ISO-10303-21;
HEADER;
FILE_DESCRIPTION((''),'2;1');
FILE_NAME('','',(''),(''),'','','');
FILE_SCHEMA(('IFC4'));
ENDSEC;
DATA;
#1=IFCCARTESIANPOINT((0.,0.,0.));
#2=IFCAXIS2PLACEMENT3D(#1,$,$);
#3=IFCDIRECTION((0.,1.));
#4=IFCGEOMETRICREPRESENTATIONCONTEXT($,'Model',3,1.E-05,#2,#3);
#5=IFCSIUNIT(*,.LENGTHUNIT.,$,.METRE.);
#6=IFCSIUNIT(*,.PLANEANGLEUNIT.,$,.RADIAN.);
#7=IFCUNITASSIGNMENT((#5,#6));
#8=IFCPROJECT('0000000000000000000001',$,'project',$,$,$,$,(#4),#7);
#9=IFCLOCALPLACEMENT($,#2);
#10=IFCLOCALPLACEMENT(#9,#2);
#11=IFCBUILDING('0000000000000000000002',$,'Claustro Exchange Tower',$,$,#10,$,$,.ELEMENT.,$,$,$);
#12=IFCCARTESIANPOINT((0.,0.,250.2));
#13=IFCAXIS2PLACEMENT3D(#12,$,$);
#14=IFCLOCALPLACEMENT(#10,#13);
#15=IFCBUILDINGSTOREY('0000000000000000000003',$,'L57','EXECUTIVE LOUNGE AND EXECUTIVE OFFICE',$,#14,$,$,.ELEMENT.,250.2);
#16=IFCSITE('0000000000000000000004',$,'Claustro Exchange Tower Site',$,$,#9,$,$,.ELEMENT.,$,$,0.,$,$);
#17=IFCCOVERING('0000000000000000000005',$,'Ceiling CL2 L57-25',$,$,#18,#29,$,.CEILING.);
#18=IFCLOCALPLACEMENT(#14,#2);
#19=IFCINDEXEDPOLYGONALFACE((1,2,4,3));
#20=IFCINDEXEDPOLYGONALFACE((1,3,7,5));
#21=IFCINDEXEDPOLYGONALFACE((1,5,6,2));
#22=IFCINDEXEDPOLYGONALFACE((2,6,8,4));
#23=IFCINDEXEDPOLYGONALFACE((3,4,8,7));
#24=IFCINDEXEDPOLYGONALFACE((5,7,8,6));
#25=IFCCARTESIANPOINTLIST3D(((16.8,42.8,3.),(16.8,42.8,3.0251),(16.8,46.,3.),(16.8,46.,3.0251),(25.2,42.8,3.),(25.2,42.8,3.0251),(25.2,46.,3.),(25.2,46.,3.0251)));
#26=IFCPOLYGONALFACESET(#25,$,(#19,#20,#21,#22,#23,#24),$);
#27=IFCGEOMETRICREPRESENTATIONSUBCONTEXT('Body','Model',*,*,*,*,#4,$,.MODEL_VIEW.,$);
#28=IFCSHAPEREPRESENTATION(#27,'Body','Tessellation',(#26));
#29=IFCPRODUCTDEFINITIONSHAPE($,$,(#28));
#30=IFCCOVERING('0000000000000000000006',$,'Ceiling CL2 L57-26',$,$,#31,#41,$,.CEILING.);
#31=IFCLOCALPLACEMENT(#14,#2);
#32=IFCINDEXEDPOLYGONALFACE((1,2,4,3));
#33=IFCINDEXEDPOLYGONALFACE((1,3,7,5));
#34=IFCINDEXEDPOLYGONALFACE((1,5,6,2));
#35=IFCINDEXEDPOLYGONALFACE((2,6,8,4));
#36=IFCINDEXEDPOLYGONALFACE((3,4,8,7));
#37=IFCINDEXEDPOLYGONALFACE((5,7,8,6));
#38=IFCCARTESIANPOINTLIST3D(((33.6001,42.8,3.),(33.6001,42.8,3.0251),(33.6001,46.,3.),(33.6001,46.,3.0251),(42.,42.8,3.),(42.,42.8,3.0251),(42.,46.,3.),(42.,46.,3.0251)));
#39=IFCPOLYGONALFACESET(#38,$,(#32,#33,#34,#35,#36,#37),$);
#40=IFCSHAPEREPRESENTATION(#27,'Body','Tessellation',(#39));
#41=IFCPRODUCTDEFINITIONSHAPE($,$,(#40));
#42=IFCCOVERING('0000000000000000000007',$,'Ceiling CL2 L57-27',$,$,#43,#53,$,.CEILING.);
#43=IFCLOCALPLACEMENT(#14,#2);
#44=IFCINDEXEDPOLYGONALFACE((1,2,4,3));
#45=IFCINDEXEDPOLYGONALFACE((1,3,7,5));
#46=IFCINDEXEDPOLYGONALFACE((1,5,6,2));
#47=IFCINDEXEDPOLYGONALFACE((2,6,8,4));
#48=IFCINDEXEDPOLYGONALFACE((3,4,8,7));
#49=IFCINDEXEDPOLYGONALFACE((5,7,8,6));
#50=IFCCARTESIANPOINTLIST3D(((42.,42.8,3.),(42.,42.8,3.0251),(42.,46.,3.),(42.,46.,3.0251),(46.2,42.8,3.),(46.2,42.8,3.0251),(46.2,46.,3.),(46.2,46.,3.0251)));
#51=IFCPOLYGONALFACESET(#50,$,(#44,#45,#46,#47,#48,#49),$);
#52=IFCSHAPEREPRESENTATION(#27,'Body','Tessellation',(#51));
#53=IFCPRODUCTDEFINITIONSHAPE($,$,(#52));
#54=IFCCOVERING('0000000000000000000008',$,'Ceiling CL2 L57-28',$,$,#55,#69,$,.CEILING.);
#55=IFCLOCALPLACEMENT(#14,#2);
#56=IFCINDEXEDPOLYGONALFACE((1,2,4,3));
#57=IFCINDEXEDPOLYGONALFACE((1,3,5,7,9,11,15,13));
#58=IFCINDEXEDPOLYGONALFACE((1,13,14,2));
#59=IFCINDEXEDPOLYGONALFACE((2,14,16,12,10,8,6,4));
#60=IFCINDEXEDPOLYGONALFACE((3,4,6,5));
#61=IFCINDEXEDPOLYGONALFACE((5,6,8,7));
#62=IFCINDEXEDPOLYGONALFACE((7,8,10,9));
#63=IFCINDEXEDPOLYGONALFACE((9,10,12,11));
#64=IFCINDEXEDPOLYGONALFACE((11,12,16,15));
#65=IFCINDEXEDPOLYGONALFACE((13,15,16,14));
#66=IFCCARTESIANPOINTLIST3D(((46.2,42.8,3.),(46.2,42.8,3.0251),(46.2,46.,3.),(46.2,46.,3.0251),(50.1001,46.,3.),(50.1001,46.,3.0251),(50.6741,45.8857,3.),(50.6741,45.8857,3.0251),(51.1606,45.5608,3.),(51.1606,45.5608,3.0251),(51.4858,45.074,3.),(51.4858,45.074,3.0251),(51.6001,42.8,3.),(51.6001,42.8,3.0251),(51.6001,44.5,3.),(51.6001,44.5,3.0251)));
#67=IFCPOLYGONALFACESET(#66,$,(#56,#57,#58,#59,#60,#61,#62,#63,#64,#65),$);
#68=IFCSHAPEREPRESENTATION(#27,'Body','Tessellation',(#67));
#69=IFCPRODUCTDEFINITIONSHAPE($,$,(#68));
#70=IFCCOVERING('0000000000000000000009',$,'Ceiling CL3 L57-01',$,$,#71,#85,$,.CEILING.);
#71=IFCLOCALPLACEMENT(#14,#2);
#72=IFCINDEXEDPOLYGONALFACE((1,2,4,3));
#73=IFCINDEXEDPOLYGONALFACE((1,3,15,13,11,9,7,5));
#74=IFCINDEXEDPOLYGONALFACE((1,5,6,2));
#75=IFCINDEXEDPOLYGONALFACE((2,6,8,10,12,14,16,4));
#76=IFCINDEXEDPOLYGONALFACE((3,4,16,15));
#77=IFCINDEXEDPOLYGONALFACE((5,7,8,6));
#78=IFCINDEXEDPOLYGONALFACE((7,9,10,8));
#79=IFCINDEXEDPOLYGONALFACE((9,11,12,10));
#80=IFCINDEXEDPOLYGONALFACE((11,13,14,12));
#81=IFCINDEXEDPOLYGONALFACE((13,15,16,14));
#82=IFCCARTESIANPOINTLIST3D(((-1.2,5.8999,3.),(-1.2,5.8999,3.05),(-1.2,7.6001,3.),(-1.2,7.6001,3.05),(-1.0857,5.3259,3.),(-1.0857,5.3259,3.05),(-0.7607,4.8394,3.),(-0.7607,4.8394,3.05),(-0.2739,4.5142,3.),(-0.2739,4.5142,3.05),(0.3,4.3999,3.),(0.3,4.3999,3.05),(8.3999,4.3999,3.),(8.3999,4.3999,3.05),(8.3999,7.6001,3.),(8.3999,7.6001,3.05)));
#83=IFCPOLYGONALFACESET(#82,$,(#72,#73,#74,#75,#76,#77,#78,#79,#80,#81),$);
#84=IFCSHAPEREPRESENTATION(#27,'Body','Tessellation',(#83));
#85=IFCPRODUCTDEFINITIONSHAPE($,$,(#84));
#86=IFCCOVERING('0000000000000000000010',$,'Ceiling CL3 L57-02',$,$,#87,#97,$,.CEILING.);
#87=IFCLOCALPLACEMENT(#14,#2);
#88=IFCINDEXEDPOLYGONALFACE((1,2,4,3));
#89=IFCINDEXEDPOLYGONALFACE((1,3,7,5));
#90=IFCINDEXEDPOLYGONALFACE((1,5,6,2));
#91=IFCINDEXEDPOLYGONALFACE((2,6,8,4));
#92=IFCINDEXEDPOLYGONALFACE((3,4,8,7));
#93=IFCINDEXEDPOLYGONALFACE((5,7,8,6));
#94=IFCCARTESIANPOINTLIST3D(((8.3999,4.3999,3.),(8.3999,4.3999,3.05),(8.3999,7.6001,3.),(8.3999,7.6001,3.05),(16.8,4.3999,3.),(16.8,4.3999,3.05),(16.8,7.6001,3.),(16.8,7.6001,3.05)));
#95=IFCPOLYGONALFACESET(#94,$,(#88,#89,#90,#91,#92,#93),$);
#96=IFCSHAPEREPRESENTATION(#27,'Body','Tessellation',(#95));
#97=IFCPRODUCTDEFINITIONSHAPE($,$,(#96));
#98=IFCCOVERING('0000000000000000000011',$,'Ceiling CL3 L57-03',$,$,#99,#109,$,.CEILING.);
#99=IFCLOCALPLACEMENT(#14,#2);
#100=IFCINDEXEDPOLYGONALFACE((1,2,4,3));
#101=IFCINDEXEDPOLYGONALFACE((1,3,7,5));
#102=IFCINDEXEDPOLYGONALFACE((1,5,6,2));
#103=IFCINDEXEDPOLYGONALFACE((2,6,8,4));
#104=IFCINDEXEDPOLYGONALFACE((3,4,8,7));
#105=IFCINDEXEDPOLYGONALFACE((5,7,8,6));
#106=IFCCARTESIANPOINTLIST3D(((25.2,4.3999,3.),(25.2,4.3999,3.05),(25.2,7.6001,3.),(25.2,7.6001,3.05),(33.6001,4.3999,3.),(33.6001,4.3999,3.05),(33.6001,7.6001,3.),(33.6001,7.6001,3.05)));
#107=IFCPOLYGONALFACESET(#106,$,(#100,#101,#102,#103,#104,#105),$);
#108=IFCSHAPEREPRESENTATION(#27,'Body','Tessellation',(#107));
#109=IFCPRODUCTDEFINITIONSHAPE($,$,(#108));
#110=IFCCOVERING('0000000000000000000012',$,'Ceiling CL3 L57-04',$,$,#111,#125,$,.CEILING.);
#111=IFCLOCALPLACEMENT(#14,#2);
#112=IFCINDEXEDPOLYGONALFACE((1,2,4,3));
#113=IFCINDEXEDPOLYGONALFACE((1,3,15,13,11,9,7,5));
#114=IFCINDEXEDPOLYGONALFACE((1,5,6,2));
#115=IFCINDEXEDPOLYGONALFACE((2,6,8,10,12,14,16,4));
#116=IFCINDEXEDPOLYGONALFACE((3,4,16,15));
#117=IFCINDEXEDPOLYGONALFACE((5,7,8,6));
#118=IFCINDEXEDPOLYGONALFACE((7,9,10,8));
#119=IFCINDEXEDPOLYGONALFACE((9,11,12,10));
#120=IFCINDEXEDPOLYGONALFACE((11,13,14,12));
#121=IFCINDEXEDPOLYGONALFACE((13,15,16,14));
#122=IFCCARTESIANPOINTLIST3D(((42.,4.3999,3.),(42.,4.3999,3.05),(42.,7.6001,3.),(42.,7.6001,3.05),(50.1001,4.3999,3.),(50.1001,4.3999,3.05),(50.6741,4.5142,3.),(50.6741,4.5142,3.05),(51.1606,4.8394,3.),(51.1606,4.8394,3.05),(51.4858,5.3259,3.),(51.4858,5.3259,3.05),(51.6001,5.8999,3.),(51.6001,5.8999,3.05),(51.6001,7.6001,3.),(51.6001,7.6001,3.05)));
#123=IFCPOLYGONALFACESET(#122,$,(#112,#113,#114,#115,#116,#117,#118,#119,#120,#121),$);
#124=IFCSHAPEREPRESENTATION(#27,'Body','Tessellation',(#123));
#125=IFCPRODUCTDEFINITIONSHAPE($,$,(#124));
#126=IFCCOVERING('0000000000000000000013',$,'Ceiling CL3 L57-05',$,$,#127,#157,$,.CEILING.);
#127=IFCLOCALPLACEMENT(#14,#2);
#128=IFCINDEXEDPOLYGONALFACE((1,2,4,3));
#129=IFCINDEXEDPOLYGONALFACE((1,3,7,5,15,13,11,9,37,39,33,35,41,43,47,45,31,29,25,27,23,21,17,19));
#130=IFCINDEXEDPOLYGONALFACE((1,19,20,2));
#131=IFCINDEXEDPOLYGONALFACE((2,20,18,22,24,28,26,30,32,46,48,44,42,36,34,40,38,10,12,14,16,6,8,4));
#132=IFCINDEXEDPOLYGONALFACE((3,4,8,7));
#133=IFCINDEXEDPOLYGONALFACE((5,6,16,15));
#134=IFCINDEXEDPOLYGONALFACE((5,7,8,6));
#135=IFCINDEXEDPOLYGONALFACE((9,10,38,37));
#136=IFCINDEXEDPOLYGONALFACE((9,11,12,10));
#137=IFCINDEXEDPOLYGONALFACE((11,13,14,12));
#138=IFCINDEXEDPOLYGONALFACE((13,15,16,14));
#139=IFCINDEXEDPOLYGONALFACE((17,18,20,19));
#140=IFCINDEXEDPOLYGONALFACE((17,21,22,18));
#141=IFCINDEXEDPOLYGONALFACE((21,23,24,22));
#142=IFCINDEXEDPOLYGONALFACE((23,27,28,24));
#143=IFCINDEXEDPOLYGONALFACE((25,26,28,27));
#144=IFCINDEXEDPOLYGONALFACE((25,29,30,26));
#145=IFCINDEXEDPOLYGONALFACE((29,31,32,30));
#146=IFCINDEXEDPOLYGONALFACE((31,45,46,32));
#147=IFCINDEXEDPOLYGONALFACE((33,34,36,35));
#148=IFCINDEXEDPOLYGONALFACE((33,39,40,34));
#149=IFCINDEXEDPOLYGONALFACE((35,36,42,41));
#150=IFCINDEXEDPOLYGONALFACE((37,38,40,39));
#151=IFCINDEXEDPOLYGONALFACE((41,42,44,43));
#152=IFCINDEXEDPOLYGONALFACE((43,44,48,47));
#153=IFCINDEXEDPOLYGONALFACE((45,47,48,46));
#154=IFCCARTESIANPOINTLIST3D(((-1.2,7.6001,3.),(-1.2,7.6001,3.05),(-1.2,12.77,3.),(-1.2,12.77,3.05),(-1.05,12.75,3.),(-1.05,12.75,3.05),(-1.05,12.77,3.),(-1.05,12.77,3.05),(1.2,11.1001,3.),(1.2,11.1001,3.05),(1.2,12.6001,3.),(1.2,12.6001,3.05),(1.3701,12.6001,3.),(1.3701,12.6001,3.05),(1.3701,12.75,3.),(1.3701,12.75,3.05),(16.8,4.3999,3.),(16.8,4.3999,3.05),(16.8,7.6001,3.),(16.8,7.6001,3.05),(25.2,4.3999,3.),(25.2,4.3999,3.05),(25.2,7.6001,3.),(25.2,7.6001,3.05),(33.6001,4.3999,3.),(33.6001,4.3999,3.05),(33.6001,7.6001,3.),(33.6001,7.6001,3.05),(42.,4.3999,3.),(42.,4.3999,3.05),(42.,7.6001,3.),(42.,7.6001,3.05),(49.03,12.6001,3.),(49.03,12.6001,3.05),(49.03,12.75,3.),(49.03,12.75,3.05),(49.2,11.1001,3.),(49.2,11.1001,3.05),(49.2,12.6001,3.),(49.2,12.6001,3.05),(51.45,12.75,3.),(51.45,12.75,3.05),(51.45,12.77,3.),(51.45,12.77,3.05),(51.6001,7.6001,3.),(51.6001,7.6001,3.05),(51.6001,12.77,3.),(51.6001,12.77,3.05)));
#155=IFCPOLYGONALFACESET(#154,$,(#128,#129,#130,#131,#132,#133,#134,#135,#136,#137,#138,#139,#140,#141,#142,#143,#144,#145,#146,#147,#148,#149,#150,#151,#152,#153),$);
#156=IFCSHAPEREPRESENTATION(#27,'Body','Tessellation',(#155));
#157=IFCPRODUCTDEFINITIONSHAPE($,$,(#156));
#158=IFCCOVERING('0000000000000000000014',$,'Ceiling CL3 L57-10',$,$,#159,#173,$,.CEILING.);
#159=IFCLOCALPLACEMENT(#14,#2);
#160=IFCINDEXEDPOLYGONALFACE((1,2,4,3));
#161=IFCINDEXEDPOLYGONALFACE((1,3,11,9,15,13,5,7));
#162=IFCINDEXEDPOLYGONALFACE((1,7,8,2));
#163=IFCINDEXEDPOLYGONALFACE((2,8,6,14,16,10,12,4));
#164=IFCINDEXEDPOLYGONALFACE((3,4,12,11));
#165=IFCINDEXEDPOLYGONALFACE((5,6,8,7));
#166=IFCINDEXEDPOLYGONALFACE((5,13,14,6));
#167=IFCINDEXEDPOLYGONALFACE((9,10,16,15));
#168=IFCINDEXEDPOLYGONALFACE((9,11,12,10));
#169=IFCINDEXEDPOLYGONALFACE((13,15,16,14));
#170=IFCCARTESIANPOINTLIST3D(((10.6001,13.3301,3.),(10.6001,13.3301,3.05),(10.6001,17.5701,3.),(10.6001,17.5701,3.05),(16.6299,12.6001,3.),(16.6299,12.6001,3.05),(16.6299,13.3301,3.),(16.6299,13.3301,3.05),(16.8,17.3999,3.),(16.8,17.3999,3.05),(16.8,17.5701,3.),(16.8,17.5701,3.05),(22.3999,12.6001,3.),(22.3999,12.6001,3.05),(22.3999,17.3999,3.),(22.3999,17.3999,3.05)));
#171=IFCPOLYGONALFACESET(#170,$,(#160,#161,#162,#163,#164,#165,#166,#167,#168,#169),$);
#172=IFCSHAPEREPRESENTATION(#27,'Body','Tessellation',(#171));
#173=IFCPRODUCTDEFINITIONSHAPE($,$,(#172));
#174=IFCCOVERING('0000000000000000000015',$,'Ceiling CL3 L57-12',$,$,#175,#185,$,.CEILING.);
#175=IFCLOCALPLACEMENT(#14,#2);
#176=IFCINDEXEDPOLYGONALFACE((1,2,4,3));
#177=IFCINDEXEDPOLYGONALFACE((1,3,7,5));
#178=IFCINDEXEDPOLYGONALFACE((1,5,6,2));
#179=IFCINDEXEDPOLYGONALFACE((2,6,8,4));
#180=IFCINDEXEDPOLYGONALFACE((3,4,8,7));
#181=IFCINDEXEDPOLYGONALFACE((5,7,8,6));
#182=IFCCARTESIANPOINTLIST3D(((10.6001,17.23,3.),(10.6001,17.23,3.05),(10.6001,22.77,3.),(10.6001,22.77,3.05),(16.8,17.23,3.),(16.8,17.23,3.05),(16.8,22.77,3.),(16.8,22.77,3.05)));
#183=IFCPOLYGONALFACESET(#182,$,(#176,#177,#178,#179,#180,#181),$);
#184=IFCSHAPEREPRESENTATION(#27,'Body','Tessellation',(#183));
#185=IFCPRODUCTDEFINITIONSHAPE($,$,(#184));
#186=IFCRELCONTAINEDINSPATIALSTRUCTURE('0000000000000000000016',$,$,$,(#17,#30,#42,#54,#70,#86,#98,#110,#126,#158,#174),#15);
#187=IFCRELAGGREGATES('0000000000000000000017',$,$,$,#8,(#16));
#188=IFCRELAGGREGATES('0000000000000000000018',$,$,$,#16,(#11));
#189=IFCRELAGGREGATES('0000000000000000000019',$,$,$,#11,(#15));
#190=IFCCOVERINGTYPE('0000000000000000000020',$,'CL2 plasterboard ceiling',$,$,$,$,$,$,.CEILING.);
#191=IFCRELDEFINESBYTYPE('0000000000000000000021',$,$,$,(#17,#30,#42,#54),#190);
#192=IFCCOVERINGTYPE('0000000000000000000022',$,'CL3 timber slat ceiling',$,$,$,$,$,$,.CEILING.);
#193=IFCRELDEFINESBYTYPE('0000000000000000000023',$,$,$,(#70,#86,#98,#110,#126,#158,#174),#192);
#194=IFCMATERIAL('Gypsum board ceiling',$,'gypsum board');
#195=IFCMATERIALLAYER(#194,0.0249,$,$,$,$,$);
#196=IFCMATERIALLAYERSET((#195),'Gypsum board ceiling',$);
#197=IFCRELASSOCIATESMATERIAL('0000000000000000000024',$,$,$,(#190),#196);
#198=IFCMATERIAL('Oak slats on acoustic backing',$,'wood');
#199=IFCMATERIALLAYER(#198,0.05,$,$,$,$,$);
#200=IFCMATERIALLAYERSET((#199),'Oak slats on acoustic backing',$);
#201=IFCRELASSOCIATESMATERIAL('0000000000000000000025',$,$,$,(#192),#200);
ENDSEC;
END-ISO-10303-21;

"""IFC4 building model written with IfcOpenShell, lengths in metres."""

from ifc_helpers import new_model, si_unit, direction, frame, origin, place, context, subcontext, project, spatial, polyline, outline, extrude, material, layer, layer_set, type_object, element, save


model = new_model("IFC4")

# Units and contexts
model_context = context("Model", 3, precision=1e-05, world=origin(), true_north=direction((0.0, 1.0)))
body_context = subcontext(model_context, "Body", "Model", "MODEL_VIEW")
ifc_project = project(units=[si_unit("LENGTHUNIT", "METRE"), si_unit("PLANEANGLEUNIT", "RADIAN")], contexts=[model_context])

# Site, building, storey
site_placement = place(None, origin())
site = spatial("IfcSite", under=ifc_project, at=site_placement, Name="Claustro Exchange Tower Site", CompositionType="ELEMENT", RefElevation=0.0)
building_placement = place(site_placement, origin())
building = spatial("IfcBuilding", under=site, at=building_placement, Name="Claustro Exchange Tower", CompositionType="ELEMENT")
storey_placement = place(building_placement, frame((0.0, 0.0, 250.2)))
storey = spatial("IfcBuildingStorey", under=building, at=storey_placement, Name="L57", Description="EXECUTIVE LOUNGE AND EXECUTIVE OFFICE", CompositionType="ELEMENT", Elevation=250.2)

# Coverings
ifc_material_1 = material(Name="Gypsum board ceiling", Category="gypsum board")
ifc_layer_1 = layer(ifc_material_1, 0.0249)
ifc_layer_set_1 = layer_set([ifc_layer_1], Name="Gypsum board ceiling")
covering_type_1 = type_object("IfcCoveringType", Name="CL2 plasterboard ceiling", PredefinedType="CEILING", material=ifc_layer_set_1)
covering_1_placement = place(storey_placement, frame((0.0, 0.0, 3.0)))
element("IfcCovering", 1, at=covering_1_placement, inside=storey, type_object=covering_type_1, Name="Ceiling CL2 L57-25", PredefinedType="CEILING", context=body_context, shape_type="SweptSolid", body=[
    extrude(outline(polyline([(25.2, 46.0), (16.8, 46.0), (16.8, 42.8), (25.2, 42.8), (25.2, 46.0)])), origin(), (0.0, 0.0, 1.0), 0.0251),
])
covering_2_placement = place(storey_placement, frame((0.0, 0.0, 3.0)))
element("IfcCovering", 2, at=covering_2_placement, inside=storey, type_object=covering_type_1, Name="Ceiling CL2 L57-26", PredefinedType="CEILING", context=body_context, shape_type="SweptSolid", body=[
    extrude(outline(polyline([(42.0, 46.0), (33.6001, 46.0), (33.6001, 42.8), (42.0, 42.8), (42.0, 46.0)])), origin(), (0.0, 0.0, 1.0), 0.0251),
])
covering_3_placement = place(storey_placement, frame((0.0, 0.0, 3.0)))
element("IfcCovering", 3, at=covering_3_placement, inside=storey, type_object=covering_type_1, Name="Ceiling CL2 L57-27", PredefinedType="CEILING", context=body_context, shape_type="SweptSolid", body=[
    extrude(outline(polyline([(46.2, 46.0), (42.0, 46.0), (42.0, 42.8), (46.2, 42.8), (46.2, 46.0)])), origin(), (0.0, 0.0, 1.0), 0.0251),
])
covering_4_placement = place(storey_placement, frame((0.0, 0.0, 3.0)))
element("IfcCovering", 4, at=covering_4_placement, inside=storey, type_object=covering_type_1, Name="Ceiling CL2 L57-28", PredefinedType="CEILING", context=body_context, shape_type="SweptSolid", body=[
    extrude(outline(polyline([(50.1001, 46.0), (46.2, 46.0), (46.2, 42.8), (51.6001, 42.8), (51.6001, 44.5), (51.4858, 45.074), (51.1606, 45.5608), (50.6741, 45.8857), (50.1001, 46.0)])), origin(), (0.0, 0.0, 1.0), 0.0251),
])
ifc_material_2 = material(Name="Oak slats on acoustic backing", Category="wood")
ifc_layer_2 = layer(ifc_material_2, 0.05)
ifc_layer_set_2 = layer_set([ifc_layer_2], Name="Oak slats on acoustic backing")
covering_type_2 = type_object("IfcCoveringType", Name="CL3 timber slat ceiling", PredefinedType="CEILING", material=ifc_layer_set_2)
covering_5_placement = place(storey_placement, frame((0.0, 0.0, 3.0)))
element("IfcCovering", 5, at=covering_5_placement, inside=storey, type_object=covering_type_2, Name="Ceiling CL3 L57-01", PredefinedType="CEILING", context=body_context, shape_type="SweptSolid", body=[
    extrude(outline(polyline([(-1.2, 5.8999), (-1.0857, 5.3259), (-0.7607, 4.8394), (-0.2739, 4.5142), (0.3, 4.3999), (8.3999, 4.3999), (8.3999, 7.6001), (-1.2, 7.6001), (-1.2, 5.8999)])), origin(), (0.0, 0.0, 1.0), 0.05),
])
covering_6_placement = place(storey_placement, frame((0.0, 0.0, 3.0)))
element("IfcCovering", 6, at=covering_6_placement, inside=storey, type_object=covering_type_2, Name="Ceiling CL3 L57-02", PredefinedType="CEILING", context=body_context, shape_type="SweptSolid", body=[
    extrude(outline(polyline([(8.3999, 4.3999), (16.8, 4.3999), (16.8, 7.6001), (8.3999, 7.6001), (8.3999, 4.3999)])), origin(), (0.0, 0.0, 1.0), 0.05),
])
covering_7_placement = place(storey_placement, frame((0.0, 0.0, 3.0)))
element("IfcCovering", 7, at=covering_7_placement, inside=storey, type_object=covering_type_2, Name="Ceiling CL3 L57-03", PredefinedType="CEILING", context=body_context, shape_type="SweptSolid", body=[
    extrude(outline(polyline([(25.2, 4.3999), (33.6001, 4.3999), (33.6001, 7.6001), (25.2, 7.6001), (25.2, 4.3999)])), origin(), (0.0, 0.0, 1.0), 0.05),
])
covering_8_placement = place(storey_placement, frame((0.0, 0.0, 3.0)))
element("IfcCovering", 8, at=covering_8_placement, inside=storey, type_object=covering_type_2, Name="Ceiling CL3 L57-04", PredefinedType="CEILING", context=body_context, shape_type="SweptSolid", body=[
    extrude(outline(polyline([(51.6001, 5.8999), (51.6001, 7.6001), (42.0, 7.6001), (42.0, 4.3999), (50.1001, 4.3999), (50.6741, 4.5142), (51.1606, 4.8394), (51.4858, 5.3259), (51.6001, 5.8999)])), origin(), (0.0, 0.0, 1.0), 0.05),
])
covering_9_placement = place(storey_placement, frame((0.0, 0.0, 3.0)))
element("IfcCovering", 9, at=covering_9_placement, inside=storey, type_object=covering_type_2, Name="Ceiling CL3 L57-05", PredefinedType="CEILING", context=body_context, shape_type="SweptSolid", body=[
    extrude(outline(polyline([(51.6001, 7.6001), (51.6001, 12.77), (51.45, 12.77), (51.45, 12.75), (49.03, 12.75), (49.03, 12.6001), (49.2, 12.6001), (49.2, 11.1001), (1.2, 11.1001), (1.2, 12.6001), (1.3701, 12.6001), (1.3701, 12.75), (-1.05, 12.75), (-1.05, 12.77), (-1.2, 12.77), (-1.2, 7.6001), (16.8, 7.6001), (16.8, 4.3999), (25.2, 4.3999), (25.2, 7.6001), (33.6001, 7.6001), (33.6001, 4.3999), (42.0, 4.3999), (42.0, 7.6001), (51.6001, 7.6001)])), origin(), (0.0, 0.0, 1.0), 0.05),
])
covering_10_placement = place(storey_placement, frame((0.0, 0.0, 3.0)))
element("IfcCovering", 10, at=covering_10_placement, inside=storey, type_object=covering_type_2, Name="Ceiling CL3 L57-10", PredefinedType="CEILING", context=body_context, shape_type="SweptSolid", body=[
    extrude(outline(polyline([(22.3999, 17.3999), (16.8, 17.3999), (16.8, 17.5701), (10.6001, 17.5701), (10.6001, 13.3301), (16.6299, 13.3301), (16.6299, 12.6001), (22.3999, 12.6001), (22.3999, 17.3999)])), origin(), (0.0, 0.0, 1.0), 0.05),
])
covering_11_placement = place(storey_placement, frame((0.0, 0.0, 3.0)))
element("IfcCovering", 11, at=covering_11_placement, inside=storey, type_object=covering_type_2, Name="Ceiling CL3 L57-12", PredefinedType="CEILING", context=body_context, shape_type="SweptSolid", body=[
    extrude(outline(polyline([(10.6001, 22.77), (10.6001, 17.23), (16.8, 17.23), (16.8, 22.77), (10.6001, 22.77)])), origin(), (0.0, 0.0, 1.0), 0.05),
])

save(model, "model.ifc")
